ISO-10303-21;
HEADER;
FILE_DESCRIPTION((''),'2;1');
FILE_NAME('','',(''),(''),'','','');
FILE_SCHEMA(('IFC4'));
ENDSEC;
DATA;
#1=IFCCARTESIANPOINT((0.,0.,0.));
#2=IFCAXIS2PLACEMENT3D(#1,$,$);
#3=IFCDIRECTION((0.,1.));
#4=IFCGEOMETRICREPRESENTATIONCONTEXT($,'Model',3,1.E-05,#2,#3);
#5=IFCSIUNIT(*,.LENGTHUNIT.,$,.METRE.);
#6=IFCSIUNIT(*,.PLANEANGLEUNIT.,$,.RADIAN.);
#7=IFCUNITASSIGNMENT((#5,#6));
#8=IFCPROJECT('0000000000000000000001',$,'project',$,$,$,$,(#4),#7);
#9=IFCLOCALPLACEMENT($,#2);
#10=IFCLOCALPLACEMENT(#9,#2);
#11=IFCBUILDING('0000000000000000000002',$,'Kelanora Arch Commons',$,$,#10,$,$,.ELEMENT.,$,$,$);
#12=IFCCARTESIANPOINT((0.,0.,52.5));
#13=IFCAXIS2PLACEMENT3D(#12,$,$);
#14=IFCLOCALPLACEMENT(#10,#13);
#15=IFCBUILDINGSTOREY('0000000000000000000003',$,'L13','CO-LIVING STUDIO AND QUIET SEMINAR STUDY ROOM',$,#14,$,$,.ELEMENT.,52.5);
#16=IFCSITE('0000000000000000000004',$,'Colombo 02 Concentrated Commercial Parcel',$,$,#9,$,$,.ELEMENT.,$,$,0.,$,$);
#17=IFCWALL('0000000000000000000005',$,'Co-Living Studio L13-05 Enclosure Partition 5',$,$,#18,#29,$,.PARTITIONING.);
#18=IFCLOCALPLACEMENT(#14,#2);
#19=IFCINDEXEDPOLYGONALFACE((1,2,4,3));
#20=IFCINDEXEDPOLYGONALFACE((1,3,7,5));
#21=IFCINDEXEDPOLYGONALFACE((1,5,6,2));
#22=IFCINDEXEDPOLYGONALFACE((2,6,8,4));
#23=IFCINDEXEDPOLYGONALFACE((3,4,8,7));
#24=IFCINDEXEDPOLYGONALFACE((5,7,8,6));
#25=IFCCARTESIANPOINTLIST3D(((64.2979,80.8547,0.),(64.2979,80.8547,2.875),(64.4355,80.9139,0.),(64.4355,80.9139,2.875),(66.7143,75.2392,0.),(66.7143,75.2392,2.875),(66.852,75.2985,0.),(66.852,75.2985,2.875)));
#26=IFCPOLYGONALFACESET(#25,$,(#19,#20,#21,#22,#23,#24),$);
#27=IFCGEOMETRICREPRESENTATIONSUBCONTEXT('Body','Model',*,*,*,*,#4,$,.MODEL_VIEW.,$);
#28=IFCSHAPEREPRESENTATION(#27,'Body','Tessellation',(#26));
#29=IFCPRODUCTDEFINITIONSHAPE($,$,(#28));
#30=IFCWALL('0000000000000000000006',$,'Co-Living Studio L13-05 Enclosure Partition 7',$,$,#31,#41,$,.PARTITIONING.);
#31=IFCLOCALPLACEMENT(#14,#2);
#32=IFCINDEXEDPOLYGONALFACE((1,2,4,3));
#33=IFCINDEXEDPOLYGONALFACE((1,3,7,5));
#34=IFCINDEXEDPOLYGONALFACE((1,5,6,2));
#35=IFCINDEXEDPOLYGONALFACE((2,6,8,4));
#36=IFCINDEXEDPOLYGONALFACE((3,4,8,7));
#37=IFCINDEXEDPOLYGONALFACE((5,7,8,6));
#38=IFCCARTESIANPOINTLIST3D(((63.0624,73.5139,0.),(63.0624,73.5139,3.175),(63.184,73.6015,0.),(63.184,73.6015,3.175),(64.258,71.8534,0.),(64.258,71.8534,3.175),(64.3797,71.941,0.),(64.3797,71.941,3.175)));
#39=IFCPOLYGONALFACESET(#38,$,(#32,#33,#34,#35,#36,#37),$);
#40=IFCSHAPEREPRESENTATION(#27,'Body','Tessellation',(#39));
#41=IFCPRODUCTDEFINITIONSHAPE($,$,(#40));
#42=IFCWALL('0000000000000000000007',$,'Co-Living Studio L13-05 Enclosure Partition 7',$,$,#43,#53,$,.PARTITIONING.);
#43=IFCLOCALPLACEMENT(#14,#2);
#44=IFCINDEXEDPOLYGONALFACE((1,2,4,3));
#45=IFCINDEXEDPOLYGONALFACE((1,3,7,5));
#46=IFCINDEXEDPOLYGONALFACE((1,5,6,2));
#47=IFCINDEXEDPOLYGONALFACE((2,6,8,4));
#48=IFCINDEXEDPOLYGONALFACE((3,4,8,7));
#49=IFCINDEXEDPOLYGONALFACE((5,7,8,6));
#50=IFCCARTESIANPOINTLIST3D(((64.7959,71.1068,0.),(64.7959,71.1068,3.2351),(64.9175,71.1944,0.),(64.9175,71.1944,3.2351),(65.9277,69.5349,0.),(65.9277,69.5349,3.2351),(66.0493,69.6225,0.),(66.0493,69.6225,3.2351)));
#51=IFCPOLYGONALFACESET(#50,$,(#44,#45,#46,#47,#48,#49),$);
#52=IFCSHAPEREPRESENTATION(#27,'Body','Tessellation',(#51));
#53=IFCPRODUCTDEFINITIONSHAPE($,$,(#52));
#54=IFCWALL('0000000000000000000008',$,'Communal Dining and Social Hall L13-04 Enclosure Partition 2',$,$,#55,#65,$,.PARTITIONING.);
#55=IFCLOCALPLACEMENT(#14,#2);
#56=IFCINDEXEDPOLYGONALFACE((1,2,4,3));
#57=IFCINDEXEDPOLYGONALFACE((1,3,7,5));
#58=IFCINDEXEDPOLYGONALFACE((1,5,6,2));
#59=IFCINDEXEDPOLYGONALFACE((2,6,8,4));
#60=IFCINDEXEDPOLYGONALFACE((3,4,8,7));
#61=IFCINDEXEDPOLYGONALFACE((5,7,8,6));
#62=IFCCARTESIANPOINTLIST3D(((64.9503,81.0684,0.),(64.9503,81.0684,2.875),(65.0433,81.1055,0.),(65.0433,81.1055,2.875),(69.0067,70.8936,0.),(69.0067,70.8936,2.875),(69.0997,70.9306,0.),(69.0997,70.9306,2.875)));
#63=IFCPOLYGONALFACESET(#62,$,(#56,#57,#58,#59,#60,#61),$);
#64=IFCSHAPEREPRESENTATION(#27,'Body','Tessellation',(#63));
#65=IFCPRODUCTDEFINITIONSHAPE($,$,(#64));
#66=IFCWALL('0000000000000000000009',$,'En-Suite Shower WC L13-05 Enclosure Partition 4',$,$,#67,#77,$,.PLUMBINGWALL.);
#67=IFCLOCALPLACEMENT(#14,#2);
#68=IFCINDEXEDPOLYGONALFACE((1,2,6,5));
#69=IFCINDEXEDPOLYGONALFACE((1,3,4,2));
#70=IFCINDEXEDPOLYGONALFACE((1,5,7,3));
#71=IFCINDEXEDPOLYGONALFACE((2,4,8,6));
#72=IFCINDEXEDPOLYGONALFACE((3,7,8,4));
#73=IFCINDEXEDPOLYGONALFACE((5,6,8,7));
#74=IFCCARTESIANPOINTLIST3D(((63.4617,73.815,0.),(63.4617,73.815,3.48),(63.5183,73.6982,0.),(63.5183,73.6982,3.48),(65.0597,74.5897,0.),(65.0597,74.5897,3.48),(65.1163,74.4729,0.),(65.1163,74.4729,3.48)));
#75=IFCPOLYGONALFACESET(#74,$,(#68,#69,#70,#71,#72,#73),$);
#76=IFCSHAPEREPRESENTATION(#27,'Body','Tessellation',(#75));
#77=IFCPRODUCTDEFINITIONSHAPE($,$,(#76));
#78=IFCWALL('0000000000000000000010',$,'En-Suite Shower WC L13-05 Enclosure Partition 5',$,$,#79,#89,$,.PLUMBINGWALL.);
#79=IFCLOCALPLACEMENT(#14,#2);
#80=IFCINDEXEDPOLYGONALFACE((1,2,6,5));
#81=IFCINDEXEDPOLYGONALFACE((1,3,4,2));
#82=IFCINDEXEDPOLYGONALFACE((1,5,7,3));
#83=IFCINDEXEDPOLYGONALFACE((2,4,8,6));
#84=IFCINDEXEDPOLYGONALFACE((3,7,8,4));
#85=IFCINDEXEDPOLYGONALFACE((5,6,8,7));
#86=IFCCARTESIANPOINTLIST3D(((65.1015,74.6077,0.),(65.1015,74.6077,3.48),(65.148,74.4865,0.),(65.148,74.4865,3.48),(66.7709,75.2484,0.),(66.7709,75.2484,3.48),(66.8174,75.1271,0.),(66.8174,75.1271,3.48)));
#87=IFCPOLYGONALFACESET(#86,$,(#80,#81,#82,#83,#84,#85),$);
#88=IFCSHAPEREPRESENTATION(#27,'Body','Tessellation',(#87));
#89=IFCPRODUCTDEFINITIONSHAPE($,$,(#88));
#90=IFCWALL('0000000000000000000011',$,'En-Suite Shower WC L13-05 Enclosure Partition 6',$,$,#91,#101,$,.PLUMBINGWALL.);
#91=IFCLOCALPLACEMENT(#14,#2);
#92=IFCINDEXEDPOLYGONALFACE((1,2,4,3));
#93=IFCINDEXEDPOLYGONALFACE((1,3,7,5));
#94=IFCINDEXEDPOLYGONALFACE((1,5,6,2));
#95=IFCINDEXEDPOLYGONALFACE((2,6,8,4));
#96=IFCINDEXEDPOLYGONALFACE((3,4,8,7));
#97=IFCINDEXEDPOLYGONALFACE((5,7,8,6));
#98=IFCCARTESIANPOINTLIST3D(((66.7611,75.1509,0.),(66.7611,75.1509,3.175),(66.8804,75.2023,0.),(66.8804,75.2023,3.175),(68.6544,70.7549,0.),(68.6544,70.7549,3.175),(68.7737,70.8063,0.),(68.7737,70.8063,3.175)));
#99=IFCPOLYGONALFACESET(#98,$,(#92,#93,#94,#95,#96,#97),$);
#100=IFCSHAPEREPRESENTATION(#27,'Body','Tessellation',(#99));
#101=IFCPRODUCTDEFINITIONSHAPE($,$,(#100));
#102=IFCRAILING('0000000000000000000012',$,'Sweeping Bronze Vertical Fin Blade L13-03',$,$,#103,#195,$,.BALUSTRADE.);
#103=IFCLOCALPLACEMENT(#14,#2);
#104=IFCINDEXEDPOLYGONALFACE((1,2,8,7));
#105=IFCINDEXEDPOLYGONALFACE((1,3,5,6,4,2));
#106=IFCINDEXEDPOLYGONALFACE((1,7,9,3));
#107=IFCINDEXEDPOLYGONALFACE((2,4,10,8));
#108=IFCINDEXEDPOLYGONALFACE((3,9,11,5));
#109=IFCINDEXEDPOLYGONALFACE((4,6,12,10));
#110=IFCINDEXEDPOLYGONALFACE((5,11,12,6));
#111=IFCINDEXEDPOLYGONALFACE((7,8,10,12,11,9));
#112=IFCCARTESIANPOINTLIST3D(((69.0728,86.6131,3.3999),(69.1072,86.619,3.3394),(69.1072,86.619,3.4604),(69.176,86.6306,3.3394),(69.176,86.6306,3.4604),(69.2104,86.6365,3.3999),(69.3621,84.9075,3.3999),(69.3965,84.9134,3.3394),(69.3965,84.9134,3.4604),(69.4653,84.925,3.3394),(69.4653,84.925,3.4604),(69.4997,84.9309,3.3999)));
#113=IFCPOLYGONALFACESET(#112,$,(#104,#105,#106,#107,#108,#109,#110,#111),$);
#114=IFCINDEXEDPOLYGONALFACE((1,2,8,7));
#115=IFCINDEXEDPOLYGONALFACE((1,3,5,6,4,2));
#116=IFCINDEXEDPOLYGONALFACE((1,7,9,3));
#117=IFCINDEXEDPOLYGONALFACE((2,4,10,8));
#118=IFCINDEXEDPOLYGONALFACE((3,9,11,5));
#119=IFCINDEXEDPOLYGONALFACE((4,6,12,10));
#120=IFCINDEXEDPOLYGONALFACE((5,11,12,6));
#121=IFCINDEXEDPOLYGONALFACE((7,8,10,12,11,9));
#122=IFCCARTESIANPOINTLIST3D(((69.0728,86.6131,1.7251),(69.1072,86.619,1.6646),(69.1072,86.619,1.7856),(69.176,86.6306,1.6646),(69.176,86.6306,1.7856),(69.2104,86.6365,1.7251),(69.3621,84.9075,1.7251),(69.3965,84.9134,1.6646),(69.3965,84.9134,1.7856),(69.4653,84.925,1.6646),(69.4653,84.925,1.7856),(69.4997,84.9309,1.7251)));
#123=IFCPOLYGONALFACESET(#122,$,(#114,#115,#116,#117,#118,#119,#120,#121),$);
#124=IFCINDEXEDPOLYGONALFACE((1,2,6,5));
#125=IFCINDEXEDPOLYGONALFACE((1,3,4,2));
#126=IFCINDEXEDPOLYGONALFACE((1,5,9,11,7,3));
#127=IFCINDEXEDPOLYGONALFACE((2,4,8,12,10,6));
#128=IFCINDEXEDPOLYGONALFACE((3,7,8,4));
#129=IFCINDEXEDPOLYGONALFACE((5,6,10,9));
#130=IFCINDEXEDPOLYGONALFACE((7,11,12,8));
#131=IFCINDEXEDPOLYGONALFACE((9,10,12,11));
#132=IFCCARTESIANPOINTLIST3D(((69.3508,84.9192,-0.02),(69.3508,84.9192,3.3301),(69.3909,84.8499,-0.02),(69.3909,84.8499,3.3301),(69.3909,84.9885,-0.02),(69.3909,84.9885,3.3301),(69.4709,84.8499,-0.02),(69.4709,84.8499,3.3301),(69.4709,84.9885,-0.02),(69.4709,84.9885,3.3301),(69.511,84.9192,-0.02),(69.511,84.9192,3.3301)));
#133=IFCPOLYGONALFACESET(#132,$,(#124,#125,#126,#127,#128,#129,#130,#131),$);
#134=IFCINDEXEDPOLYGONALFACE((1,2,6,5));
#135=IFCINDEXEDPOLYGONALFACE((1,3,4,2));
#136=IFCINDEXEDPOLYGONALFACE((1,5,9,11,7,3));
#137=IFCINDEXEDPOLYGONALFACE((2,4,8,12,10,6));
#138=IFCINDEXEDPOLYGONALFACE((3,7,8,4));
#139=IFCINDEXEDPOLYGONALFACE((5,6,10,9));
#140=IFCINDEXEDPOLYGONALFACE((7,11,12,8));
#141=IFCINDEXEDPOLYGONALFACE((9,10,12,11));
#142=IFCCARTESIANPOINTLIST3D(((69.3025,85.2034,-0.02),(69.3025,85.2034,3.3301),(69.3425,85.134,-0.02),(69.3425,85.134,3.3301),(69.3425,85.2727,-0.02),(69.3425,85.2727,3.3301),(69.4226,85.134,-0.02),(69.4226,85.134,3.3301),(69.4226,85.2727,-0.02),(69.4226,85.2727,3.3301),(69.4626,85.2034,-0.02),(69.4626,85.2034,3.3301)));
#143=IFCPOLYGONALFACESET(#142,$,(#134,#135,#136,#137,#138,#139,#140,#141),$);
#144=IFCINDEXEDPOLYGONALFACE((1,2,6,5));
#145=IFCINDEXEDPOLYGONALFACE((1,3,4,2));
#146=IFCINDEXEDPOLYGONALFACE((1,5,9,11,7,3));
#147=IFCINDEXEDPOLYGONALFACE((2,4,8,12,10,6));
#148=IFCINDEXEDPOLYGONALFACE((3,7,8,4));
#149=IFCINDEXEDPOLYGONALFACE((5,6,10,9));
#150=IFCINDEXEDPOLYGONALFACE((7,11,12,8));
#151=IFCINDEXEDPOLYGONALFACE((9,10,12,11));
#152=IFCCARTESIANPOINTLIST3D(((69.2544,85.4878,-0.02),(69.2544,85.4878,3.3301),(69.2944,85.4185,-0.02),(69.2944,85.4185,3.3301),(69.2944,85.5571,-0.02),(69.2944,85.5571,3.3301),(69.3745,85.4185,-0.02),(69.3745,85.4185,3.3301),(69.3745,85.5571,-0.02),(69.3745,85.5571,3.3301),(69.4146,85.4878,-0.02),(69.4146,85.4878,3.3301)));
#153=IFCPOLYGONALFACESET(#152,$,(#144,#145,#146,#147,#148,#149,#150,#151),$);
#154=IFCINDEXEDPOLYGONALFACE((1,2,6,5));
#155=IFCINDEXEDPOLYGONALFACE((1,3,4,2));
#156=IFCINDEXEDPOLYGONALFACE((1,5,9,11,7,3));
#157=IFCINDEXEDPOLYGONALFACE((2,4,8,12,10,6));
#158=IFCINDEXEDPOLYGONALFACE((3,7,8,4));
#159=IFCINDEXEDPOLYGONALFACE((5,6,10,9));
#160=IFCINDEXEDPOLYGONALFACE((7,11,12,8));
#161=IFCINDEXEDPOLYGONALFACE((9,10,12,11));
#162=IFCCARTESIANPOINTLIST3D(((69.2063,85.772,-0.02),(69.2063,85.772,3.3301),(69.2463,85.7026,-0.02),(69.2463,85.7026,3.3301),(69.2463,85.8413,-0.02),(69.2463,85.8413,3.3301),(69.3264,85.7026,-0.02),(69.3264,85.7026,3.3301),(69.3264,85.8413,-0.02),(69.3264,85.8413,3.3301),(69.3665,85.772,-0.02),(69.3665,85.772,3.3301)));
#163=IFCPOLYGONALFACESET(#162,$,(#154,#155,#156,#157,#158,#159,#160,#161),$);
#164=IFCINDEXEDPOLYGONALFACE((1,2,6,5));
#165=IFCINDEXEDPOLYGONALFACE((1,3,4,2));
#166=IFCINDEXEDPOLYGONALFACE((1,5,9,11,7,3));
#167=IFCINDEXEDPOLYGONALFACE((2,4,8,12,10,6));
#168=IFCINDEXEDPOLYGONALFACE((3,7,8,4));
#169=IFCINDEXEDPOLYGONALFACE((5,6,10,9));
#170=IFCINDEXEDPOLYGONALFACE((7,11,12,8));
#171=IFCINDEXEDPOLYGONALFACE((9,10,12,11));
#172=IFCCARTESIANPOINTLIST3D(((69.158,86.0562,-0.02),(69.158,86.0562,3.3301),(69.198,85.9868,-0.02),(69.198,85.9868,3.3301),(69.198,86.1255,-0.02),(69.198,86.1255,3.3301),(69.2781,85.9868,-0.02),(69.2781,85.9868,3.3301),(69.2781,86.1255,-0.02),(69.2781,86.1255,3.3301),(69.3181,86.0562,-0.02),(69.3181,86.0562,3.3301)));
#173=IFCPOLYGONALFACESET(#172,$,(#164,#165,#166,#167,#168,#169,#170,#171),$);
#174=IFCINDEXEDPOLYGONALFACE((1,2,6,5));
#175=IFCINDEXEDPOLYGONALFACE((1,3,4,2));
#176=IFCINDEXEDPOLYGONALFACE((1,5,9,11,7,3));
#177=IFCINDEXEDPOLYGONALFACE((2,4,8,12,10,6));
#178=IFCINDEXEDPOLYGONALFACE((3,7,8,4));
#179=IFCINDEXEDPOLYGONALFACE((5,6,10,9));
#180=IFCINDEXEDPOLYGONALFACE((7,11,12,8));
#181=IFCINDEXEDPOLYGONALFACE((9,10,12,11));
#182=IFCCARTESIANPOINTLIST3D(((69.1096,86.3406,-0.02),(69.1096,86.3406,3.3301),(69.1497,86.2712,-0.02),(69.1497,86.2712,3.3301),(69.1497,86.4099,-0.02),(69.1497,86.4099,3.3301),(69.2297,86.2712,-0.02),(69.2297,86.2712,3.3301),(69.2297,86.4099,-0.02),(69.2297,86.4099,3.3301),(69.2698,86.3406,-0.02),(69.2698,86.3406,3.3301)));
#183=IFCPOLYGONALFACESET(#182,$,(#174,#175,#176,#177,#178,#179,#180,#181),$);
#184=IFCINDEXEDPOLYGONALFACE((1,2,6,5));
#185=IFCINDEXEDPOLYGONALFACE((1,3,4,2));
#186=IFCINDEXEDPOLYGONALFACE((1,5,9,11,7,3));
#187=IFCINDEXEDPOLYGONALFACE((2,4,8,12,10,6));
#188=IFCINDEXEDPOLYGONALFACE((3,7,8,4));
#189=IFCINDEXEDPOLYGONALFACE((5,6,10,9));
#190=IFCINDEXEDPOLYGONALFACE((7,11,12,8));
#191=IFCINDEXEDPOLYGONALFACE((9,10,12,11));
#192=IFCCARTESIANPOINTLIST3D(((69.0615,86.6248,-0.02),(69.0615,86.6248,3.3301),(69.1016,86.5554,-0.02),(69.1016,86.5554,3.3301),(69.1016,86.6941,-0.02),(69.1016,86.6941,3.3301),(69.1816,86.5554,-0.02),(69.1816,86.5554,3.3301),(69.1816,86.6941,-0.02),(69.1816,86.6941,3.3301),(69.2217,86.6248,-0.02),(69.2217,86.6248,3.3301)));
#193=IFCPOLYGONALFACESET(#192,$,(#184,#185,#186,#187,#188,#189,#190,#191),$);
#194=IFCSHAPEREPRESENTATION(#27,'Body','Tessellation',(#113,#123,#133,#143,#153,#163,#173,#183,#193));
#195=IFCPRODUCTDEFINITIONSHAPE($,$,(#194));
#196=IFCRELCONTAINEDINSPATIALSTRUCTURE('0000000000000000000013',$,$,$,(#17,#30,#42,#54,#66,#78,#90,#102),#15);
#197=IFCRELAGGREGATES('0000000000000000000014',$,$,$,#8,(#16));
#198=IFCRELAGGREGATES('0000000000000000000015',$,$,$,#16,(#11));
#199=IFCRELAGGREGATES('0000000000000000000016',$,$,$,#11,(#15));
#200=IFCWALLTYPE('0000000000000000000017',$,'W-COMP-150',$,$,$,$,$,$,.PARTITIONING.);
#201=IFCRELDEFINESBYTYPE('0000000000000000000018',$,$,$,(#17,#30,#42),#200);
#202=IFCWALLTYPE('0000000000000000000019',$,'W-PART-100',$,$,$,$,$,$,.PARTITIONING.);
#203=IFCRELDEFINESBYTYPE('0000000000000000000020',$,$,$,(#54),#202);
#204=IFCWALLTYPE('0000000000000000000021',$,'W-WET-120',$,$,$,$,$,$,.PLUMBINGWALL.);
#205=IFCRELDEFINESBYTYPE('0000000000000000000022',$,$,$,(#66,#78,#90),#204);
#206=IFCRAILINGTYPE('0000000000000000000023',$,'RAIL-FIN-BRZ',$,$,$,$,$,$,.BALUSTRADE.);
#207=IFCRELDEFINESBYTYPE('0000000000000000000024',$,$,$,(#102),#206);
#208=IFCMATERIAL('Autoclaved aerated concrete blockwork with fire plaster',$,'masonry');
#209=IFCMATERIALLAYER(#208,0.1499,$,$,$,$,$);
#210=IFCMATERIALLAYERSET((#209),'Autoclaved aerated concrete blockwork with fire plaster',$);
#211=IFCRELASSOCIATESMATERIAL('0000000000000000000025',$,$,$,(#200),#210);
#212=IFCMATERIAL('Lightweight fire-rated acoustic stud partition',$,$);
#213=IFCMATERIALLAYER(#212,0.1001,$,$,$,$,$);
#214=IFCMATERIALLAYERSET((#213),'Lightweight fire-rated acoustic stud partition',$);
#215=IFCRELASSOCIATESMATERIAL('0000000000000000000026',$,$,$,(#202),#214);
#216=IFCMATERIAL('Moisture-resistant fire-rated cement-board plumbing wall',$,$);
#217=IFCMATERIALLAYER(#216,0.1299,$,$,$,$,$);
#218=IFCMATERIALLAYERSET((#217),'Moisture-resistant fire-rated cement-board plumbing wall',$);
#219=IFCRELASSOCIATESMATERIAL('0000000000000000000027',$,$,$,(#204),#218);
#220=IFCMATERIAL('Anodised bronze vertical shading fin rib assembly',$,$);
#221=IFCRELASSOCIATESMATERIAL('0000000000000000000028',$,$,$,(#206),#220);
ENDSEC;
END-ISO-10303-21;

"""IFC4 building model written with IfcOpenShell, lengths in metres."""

from ifc_helpers import new_model, si_unit, direction, frame, frame_2d, origin, place, context, subcontext, project, spatial, polyline, rectangle, outline, extrude, material, layer, layer_set, type_object, element, save


model = new_model("IFC4")

# Units and contexts
model_context = context("Model", 3, precision=1e-05, world=origin(), true_north=direction((0.0, 1.0)))
body_context = subcontext(model_context, "Body", "Model", "MODEL_VIEW")
ifc_project = project(units=[si_unit("LENGTHUNIT", "METRE"), si_unit("PLANEANGLEUNIT", "RADIAN")], contexts=[model_context])

# Site, building, storey
site_placement = place(None, origin())
site = spatial("IfcSite", under=ifc_project, at=site_placement, Name="Colombo 02 Concentrated Commercial Parcel", CompositionType="ELEMENT", RefElevation=0.0)
building_placement = place(site_placement, origin())
building = spatial("IfcBuilding", under=site, at=building_placement, Name="Kelanora Arch Commons", CompositionType="ELEMENT")
storey_placement = place(building_placement, frame((0.0, 0.0, 52.5)))
storey = spatial("IfcBuildingStorey", under=building, at=storey_placement, Name="L13", Description="CO-LIVING STUDIO AND QUIET SEMINAR STUDY ROOM", CompositionType="ELEMENT", Elevation=52.5)

# Walls
ifc_material_1 = material(Name="Autoclaved aerated concrete blockwork with fire plaster", Category="masonry")
ifc_layer_1 = layer(ifc_material_1, 0.1499)
ifc_layer_set_1 = layer_set([ifc_layer_1], Name="Autoclaved aerated concrete blockwork with fire plaster")
wall_type_1 = type_object("IfcWallType", Name="W-COMP-150", PredefinedType="PARTITIONING", material=ifc_layer_set_1)
wall_1_placement = place(storey_placement, frame((64.3667, 80.8843, 0.0), z_axis=(0.0, 0.0, 1.0), x_axis=(0.395283, -0.918559, 0.0)))
element("IfcWall", 1, at=wall_1_placement, inside=storey, type_object=wall_type_1, Name="Co-Living Studio L13-05 Enclosure Partition 5", PredefinedType="PARTITIONING", context=body_context, shape_type="SweptSolid", body=[
    extrude(rectangle(XDim=6.1133, YDim=0.1499, at=frame_2d((3.0566, 0.0))), origin(), (0.0, 0.0, 1.0), 2.875),
])
wall_2_placement = place(storey_placement, frame((63.1233, 73.5576, 0.0), z_axis=(0.0, 0.0, 1.0), x_axis=(0.584327, -0.811518, 0.0)))
element("IfcWall", 2, at=wall_2_placement, inside=storey, type_object=wall_type_1, Name="Co-Living Studio L13-05 Enclosure Partition 7", PredefinedType="PARTITIONING", context=body_context, shape_type="SweptSolid", body=[
    extrude(rectangle(XDim=2.0461, YDim=0.1499, at=frame_2d((1.0229, 0.0))), origin(), (0.0, 0.0, 1.0), 3.175),
])
wall_3_placement = place(storey_placement, frame((64.8567, 71.1506, 0.0), z_axis=(0.0, 0.0, 1.0), x_axis=(0.584298, -0.811539, 0.0)))
element("IfcWall", 3, at=wall_3_placement, inside=storey, type_object=wall_type_1, Name="Co-Living Studio L13-05 Enclosure Partition 7", PredefinedType="PARTITIONING", context=body_context, shape_type="SweptSolid", body=[
    extrude(rectangle(XDim=1.937, YDim=0.1499, at=frame_2d((0.9685, 0.0))), origin(), (0.0, 0.0, 1.0), 3.2351),
])
ifc_material_2 = material(Name="Lightweight fire-rated acoustic stud partition")
ifc_layer_2 = layer(ifc_material_2, 0.1001)
ifc_layer_set_2 = layer_set([ifc_layer_2], Name="Lightweight fire-rated acoustic stud partition")
wall_type_2 = type_object("IfcWallType", Name="W-PART-100", PredefinedType="PARTITIONING", material=ifc_layer_set_2)
wall_4_placement = place(storey_placement, frame((69.0532, 70.9121, 0.0), z_axis=(0.0, 0.0, 1.0), x_axis=(-0.370326, 0.928902, 0.0)))
element("IfcWall", 4, at=wall_4_placement, inside=storey, type_object=wall_type_2, Name="Communal Dining and Social Hall L13-04 Enclosure Partition 2", PredefinedType="PARTITIONING", context=body_context, shape_type="SweptSolid", body=[
    extrude(rectangle(XDim=10.9536, YDim=0.1001, at=frame_2d((5.4768, 0.0))), origin(), (0.0, 0.0, 1.0), 2.875),
])
ifc_material_3 = material(Name="Moisture-resistant fire-rated cement-board plumbing wall")
ifc_layer_3 = layer(ifc_material_3, 0.1299)
ifc_layer_set_3 = layer_set([ifc_layer_3], Name="Moisture-resistant fire-rated cement-board plumbing wall")
wall_type_3 = type_object("IfcWallType", Name="W-WET-120", PredefinedType="PLUMBINGWALL", material=ifc_layer_set_3)
wall_5_placement = place(storey_placement, frame((63.49, 73.7566, 0.0), z_axis=(0.0, 0.0, 1.0), x_axis=(0.899832, 0.436236, 0.0)))
element("IfcWall", 5, at=wall_5_placement, inside=storey, type_object=wall_type_3, Name="En-Suite Shower WC L13-05 Enclosure Partition 4", PredefinedType="PLUMBINGWALL", context=body_context, shape_type="SweptSolid", body=[
    extrude(rectangle(XDim=1.7759, YDim=0.1299, at=frame_2d((0.8879, 0.0))), origin(), (0.0, 0.0, 1.0), 3.48),
])
wall_6_placement = place(storey_placement, frame((65.1248, 74.5471, 0.0), z_axis=(0.0, 0.0, 1.0), x_axis=(0.93362, 0.358265, 0.0)))
element("IfcWall", 6, at=wall_6_placement, inside=storey, type_object=wall_type_3, Name="En-Suite Shower WC L13-05 Enclosure Partition 5", PredefinedType="PLUMBINGWALL", context=body_context, shape_type="SweptSolid", body=[
    extrude(rectangle(XDim=1.7881, YDim=0.1299, at=frame_2d((0.894, 0.0))), origin(), (0.0, 0.0, 1.0), 3.48),
])
wall_7_placement = place(storey_placement, frame((66.8208, 75.1765, 0.0), z_axis=(0.0, 0.0, 1.0), x_axis=(0.395562, -0.918439, 0.0)))
element("IfcWall", 7, at=wall_7_placement, inside=storey, type_object=wall_type_3, Name="En-Suite Shower WC L13-05 Enclosure Partition 6", PredefinedType="PLUMBINGWALL", context=body_context, shape_type="SweptSolid", body=[
    extrude(rectangle(XDim=4.7864, YDim=0.1299, at=frame_2d((2.3931, 0.0))), origin(), (0.0, 0.0, 1.0), 3.175),
])

# Railing
ifc_material_4 = material(Name="Anodised bronze vertical shading fin rib assembly")
railing_type = type_object("IfcRailingType", Name="RAIL-FIN-BRZ", PredefinedType="BALUSTRADE", material=ifc_material_4)
railing_placement = place(storey_placement, frame((69.4309, 84.9192, -0.02)))
element("IfcRailing", 8, at=railing_placement, inside=storey, type_object=railing_type, Name="Sweeping Bronze Vertical Fin Blade L13-03", PredefinedType="BALUSTRADE", context=body_context, shape_type="SweptSolid", body=[
    extrude(outline(polyline([(0.0698, 0.0), (0.0349, 0.0605), (-0.0349, 0.0605), (-0.0698, 0.0), (-0.0349, -0.0605), (0.0349, -0.0605), (0.0698, 0.0)])), frame((0.0, 0.0, 3.4199), z_axis=(-0.167236, 0.985917, 0.0), x_axis=(-0.985917, -0.167236, 0.0)), (0.0, 0.0, 1.0), 1.73),
    extrude(outline(polyline([(0.0698, 0.0), (0.0349, 0.0605), (-0.0349, 0.0605), (-0.0698, 0.0), (-0.0349, -0.0605), (0.0349, -0.0605), (0.0698, 0.0)])), frame((0.0, 0.0, 1.7451), z_axis=(-0.167236, 0.985917, 0.0), x_axis=(-0.985917, -0.167236, 0.0)), (0.0, 0.0, 1.0), 1.73),
    extrude(outline(polyline([(0.0801, 0.0), (0.04, 0.0693), (-0.04, 0.0693), (-0.0801, 0.0), (-0.04, -0.0693), (0.04, -0.0693), (0.0801, 0.0)])), origin(), (0.0, 0.0, 1.0), 3.3501),
    extrude(outline(polyline([(0.0801, 0.0), (0.04, 0.0693), (-0.04, 0.0693), (-0.0801, 0.0), (-0.04, -0.0693), (0.04, -0.0693), (0.0801, 0.0)])), frame((-0.0483, 0.2842, 0.0)), (0.0, 0.0, 1.0), 3.3501),
    extrude(outline(polyline([(0.0801, 0.0), (0.04, 0.0693), (-0.04, 0.0693), (-0.0801, 0.0), (-0.04, -0.0693), (0.04, -0.0693), (0.0801, 0.0)])), frame((-0.0964, 0.5686, 0.0)), (0.0, 0.0, 1.0), 3.3501),
    extrude(outline(polyline([(0.0801, 0.0), (0.04, 0.0693), (-0.04, 0.0693), (-0.0801, 0.0), (-0.04, -0.0693), (0.04, -0.0693), (0.0801, 0.0)])), frame((-0.1445, 0.8528, 0.0)), (0.0, 0.0, 1.0), 3.3501),
    extrude(outline(polyline([(0.0801, 0.0), (0.04, 0.0693), (-0.04, 0.0693), (-0.0801, 0.0), (-0.04, -0.0693), (0.04, -0.0693), (0.0801, 0.0)])), frame((-0.1929, 1.137, 0.0)), (0.0, 0.0, 1.0), 3.3501),
    extrude(outline(polyline([(0.0801, 0.0), (0.04, 0.0693), (-0.04, 0.0693), (-0.0801, 0.0), (-0.04, -0.0693), (0.04, -0.0693), (0.0801, 0.0)])), frame((-0.2412, 1.4214, 0.0)), (0.0, 0.0, 1.0), 3.3501),
    extrude(outline(polyline([(0.0801, 0.0), (0.04, 0.0693), (-0.04, 0.0693), (-0.0801, 0.0), (-0.04, -0.0693), (0.04, -0.0693), (0.0801, 0.0)])), frame((-0.2893, 1.7056, 0.0)), (0.0, 0.0, 1.0), 3.3501),
])

save(model, "model.ifc")
